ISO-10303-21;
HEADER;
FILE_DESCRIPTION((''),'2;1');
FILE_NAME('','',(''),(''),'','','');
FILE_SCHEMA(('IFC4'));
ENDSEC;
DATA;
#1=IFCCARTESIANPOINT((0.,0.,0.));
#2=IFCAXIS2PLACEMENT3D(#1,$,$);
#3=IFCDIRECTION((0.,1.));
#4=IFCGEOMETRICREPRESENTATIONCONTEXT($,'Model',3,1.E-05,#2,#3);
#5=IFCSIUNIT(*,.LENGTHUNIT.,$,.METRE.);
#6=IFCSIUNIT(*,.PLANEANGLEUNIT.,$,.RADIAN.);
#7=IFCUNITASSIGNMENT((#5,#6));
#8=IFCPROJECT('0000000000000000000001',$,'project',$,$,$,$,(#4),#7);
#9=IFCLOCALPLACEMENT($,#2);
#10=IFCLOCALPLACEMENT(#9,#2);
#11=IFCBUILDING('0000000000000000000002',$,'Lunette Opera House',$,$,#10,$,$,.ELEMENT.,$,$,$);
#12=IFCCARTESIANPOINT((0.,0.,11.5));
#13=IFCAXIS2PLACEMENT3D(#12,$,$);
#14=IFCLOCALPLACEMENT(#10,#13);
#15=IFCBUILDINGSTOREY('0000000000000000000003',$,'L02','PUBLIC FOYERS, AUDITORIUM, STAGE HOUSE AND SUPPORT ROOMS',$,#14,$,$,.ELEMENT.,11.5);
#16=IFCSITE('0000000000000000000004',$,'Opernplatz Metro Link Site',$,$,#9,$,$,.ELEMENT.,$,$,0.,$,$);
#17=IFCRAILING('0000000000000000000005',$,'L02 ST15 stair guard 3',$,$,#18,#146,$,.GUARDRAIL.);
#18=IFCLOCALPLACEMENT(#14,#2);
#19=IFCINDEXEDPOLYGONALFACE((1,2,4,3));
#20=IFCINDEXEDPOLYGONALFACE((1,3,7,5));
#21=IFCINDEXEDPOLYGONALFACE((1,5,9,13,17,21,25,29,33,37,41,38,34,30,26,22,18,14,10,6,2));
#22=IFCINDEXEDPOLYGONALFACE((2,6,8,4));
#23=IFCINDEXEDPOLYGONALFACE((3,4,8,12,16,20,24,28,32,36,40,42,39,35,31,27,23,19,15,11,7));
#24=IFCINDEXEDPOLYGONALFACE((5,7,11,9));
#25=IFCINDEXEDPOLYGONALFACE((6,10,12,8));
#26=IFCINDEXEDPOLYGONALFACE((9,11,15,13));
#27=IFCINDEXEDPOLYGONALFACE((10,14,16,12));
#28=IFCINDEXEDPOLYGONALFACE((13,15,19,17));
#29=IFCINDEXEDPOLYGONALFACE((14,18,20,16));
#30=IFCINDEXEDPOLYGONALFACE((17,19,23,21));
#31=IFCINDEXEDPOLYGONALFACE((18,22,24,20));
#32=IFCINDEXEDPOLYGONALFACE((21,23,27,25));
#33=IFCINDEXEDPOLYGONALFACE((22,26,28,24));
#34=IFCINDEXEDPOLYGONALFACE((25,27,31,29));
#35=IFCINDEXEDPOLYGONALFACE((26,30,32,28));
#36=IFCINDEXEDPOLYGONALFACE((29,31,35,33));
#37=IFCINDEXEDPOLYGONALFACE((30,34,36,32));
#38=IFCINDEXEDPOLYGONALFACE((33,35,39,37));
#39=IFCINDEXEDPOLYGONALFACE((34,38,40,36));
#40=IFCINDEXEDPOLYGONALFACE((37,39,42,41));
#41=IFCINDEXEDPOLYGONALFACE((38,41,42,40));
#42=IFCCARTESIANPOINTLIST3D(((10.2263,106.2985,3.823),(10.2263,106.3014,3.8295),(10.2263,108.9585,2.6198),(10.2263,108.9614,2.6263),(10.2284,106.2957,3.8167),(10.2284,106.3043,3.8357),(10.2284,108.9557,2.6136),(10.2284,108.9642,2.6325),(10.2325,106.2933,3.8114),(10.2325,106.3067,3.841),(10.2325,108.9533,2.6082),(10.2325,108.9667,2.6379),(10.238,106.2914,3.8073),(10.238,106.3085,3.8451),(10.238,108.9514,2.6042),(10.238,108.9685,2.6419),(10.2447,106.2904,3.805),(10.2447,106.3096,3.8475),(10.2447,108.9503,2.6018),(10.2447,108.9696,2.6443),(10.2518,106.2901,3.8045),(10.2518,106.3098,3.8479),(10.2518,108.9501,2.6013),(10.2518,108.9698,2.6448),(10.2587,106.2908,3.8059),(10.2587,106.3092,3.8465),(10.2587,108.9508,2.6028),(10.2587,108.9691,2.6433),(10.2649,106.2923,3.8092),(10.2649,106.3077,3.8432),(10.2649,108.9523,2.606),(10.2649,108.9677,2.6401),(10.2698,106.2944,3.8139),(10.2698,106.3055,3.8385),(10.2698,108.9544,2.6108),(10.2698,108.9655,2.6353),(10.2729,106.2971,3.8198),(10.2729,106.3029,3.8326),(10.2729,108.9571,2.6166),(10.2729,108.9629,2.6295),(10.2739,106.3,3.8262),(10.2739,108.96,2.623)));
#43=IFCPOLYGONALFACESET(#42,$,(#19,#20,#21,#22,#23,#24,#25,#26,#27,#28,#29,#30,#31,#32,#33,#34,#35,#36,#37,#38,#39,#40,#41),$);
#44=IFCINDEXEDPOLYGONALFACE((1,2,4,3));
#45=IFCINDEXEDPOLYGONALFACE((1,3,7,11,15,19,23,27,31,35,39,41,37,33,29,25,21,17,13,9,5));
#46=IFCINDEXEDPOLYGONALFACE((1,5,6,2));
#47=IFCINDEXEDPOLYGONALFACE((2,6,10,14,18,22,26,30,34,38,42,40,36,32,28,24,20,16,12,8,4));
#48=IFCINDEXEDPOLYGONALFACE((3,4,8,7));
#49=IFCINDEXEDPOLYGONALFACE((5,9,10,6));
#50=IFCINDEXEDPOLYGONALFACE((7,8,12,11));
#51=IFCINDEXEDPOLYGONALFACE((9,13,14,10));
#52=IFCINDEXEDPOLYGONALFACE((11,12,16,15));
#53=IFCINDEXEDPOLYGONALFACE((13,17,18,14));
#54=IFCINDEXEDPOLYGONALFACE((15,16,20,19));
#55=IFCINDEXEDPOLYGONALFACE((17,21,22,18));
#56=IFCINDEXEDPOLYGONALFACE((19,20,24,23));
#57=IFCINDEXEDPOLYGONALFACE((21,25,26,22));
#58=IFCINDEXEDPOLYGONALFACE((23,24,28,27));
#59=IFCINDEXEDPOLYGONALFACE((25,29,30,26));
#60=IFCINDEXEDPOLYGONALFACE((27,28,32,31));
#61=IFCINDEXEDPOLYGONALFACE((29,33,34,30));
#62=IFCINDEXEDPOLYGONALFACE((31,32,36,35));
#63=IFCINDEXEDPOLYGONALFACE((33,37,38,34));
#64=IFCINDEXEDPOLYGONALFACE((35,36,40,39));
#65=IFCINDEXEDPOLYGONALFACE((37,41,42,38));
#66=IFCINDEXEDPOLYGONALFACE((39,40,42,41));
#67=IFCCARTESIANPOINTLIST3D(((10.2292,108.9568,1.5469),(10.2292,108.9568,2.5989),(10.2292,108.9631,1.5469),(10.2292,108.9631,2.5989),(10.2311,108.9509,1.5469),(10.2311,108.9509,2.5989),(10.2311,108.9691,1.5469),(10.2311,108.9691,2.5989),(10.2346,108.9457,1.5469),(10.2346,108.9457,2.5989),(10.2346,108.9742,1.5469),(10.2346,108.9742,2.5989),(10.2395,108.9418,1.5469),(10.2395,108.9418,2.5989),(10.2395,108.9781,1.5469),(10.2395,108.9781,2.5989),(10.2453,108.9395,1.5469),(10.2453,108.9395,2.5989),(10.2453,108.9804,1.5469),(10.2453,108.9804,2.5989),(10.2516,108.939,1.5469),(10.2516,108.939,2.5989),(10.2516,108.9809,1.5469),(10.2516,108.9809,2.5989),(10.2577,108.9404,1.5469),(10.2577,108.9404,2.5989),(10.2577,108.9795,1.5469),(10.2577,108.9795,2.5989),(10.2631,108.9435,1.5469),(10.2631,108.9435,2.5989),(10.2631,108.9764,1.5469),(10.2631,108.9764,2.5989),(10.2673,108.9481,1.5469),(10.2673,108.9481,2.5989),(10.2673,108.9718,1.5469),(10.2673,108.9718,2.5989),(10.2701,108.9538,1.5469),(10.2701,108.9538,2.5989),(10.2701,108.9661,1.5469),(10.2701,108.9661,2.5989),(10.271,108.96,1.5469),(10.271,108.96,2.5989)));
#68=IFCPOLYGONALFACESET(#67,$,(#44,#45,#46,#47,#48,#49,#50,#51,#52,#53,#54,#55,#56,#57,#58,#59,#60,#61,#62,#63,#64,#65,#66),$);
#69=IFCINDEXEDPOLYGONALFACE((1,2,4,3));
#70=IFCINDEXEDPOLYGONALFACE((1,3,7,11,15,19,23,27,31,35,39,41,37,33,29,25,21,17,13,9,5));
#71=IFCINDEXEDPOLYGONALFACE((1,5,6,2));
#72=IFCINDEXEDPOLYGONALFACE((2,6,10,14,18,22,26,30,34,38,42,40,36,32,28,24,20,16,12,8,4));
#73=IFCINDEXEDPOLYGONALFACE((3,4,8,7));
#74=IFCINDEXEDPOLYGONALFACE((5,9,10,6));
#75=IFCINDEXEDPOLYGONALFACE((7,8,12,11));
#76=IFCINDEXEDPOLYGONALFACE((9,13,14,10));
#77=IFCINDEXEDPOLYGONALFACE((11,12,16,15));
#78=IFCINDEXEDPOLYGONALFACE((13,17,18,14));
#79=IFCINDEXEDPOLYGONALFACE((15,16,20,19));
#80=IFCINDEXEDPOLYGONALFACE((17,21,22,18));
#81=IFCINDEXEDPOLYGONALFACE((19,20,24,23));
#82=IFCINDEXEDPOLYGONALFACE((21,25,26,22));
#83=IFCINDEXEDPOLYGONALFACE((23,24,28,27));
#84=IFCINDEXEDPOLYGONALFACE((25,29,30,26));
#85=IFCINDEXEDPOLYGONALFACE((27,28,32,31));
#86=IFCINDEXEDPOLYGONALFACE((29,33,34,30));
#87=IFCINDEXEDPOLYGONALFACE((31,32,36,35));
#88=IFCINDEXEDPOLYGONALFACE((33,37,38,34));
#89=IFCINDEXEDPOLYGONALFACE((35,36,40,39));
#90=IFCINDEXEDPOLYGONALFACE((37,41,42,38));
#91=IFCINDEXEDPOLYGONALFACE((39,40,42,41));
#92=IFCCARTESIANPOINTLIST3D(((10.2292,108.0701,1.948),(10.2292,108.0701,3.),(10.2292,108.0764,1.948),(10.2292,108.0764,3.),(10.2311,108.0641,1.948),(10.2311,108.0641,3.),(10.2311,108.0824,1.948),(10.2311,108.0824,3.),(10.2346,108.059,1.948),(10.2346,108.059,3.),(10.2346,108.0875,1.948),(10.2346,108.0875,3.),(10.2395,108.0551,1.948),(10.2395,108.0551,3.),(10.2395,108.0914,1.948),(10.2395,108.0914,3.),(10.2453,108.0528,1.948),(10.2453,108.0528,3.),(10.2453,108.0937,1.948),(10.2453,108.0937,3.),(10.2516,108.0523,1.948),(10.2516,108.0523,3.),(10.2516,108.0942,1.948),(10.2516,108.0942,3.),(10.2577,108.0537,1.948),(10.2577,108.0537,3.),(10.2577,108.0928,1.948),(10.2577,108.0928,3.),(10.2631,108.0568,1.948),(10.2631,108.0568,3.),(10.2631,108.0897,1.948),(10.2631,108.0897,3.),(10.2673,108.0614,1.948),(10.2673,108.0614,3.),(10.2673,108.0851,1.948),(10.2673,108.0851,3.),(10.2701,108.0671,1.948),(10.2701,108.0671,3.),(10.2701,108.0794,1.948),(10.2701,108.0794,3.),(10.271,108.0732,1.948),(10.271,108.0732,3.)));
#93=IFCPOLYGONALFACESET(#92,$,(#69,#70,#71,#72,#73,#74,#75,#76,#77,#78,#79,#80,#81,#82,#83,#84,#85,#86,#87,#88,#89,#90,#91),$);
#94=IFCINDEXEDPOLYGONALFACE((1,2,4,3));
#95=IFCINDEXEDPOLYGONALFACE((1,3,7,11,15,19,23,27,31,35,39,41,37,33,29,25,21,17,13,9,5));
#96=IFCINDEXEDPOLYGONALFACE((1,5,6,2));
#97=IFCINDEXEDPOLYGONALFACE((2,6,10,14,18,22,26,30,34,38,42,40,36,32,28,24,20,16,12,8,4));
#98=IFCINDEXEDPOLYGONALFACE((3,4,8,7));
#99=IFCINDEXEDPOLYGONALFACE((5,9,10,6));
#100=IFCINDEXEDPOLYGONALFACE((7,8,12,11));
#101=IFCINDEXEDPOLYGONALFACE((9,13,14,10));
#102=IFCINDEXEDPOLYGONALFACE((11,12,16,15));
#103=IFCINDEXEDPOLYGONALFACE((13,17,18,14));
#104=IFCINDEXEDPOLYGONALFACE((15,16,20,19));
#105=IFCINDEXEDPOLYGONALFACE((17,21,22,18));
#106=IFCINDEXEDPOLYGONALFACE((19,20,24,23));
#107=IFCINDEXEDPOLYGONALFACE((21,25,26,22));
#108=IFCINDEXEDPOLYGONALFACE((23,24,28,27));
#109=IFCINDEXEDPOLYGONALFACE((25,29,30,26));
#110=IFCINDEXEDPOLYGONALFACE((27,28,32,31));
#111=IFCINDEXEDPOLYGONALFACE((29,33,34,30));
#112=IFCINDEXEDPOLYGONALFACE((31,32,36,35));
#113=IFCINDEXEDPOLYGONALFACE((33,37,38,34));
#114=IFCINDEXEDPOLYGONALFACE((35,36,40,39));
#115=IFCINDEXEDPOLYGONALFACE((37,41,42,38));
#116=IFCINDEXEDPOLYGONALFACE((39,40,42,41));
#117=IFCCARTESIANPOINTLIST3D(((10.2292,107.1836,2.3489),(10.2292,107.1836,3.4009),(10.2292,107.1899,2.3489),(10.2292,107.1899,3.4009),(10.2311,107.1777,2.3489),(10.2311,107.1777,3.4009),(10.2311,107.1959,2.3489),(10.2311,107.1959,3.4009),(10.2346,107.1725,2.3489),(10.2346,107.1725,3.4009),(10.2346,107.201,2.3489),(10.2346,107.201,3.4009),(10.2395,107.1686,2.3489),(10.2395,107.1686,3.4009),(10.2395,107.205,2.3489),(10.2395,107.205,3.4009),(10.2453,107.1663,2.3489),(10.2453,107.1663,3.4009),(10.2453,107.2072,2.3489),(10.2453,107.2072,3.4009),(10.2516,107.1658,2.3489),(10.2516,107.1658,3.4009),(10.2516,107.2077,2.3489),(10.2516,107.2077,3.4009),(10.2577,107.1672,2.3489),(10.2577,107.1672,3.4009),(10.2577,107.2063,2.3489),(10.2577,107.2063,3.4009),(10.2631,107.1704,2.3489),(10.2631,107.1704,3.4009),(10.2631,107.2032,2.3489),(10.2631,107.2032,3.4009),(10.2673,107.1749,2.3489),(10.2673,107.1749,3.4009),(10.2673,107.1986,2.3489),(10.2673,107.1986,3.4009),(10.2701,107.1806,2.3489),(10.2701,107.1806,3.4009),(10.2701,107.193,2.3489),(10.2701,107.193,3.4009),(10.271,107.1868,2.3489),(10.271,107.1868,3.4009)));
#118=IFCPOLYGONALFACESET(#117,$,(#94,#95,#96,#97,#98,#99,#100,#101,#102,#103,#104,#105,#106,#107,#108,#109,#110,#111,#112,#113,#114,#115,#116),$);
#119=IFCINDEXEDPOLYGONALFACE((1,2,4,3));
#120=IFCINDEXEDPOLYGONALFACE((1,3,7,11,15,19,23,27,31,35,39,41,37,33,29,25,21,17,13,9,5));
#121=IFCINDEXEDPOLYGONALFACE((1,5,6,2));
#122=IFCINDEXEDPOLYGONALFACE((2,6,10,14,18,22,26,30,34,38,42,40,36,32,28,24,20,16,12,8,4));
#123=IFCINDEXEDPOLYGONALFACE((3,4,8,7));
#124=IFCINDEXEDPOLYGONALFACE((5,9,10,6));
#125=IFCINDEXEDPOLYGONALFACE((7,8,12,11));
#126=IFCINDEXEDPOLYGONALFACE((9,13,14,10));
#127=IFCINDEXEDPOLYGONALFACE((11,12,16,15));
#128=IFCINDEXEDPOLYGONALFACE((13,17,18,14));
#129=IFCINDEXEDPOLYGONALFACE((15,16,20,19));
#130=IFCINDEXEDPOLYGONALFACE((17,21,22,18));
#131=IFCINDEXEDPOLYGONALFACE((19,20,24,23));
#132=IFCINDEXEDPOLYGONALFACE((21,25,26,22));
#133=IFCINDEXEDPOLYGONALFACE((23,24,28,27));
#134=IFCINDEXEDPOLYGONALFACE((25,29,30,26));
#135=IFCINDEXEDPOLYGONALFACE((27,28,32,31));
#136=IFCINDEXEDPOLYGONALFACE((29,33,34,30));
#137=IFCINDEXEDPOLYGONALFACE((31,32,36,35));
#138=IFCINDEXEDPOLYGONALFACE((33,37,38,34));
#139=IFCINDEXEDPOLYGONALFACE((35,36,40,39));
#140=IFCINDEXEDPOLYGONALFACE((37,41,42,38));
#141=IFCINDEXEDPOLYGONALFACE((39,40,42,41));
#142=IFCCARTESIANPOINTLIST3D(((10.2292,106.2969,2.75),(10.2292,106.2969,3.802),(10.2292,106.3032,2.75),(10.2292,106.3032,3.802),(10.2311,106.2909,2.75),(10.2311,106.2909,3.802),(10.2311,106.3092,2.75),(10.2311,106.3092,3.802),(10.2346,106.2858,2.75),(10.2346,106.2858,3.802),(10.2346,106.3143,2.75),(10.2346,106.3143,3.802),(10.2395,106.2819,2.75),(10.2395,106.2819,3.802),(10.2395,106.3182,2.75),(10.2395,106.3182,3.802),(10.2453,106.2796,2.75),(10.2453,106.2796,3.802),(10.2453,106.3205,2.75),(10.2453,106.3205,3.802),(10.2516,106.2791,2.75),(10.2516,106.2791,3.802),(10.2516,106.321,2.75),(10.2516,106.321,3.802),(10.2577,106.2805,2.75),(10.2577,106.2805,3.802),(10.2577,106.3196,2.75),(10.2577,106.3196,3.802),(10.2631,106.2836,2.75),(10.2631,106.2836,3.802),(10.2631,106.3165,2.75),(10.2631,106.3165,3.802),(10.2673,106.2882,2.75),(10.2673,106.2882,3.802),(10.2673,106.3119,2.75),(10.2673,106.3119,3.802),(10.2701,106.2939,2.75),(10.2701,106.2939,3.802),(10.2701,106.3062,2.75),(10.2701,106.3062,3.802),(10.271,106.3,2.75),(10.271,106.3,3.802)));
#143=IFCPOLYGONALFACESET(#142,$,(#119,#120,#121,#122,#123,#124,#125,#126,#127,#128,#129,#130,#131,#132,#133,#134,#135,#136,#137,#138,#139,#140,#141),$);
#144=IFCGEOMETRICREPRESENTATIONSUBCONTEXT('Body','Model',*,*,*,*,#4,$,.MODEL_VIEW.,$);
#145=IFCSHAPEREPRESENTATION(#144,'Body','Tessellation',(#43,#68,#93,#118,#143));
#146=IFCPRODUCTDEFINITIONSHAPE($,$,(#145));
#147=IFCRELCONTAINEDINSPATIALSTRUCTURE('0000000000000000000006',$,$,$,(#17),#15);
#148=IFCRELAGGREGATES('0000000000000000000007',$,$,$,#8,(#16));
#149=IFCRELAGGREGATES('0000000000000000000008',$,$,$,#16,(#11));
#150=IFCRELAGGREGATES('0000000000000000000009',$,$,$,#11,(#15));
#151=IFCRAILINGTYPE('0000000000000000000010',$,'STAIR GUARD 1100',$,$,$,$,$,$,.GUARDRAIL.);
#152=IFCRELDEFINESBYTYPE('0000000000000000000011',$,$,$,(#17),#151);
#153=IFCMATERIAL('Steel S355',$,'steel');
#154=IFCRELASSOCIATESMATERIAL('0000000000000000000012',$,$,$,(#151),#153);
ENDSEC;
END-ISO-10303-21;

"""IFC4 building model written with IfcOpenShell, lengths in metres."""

from ifc_helpers import new_model, si_unit, direction, frame, origin, origin_2d, place, context, subcontext, project, spatial, circle, extrude, material, type_object, element, save


model = new_model("IFC4")

# Units and contexts
model_context = context("Model", 3, precision=1e-05, world=origin(), true_north=direction((0.0, 1.0)))
body_context = subcontext(model_context, "Body", "Model", "MODEL_VIEW")
ifc_project = project(units=[si_unit("LENGTHUNIT", "METRE"), si_unit("PLANEANGLEUNIT", "RADIAN")], contexts=[model_context])

# Site, building, storey
site_placement = place(None, origin())
site = spatial("IfcSite", under=ifc_project, at=site_placement, Name="Opernplatz Metro Link Site", CompositionType="ELEMENT", RefElevation=0.0)
building_placement = place(site_placement, origin())
building = spatial("IfcBuilding", under=site, at=building_placement, Name="Lunette Opera House", CompositionType="ELEMENT")
storey_placement = place(building_placement, frame((0.0, 0.0, 11.5)))
storey = spatial("IfcBuildingStorey", under=building, at=storey_placement, Name="L02", Description="PUBLIC FOYERS, AUDITORIUM, STAGE HOUSE AND SUPPORT ROOMS", CompositionType="ELEMENT", Elevation=11.5)

# Railing
ifc_material_1 = material(Name="Steel S355", Category="steel")
railing_type_1 = type_object("IfcRailingType", Name="STAIR GUARD 1100", PredefinedType="GUARDRAIL", material=ifc_material_1)
railing_1_placement = place(storey_placement, frame((10.25, 108.96, 1.5469)))
element("IfcRailing", 1, at=railing_1_placement, inside=storey, type_object=railing_type_1, Name="L02 ST15 stair guard 3", PredefinedType="GUARDRAIL", context=body_context, shape_type="SweptSolid", body=[
    extrude(circle(Radius=0.0239, at=origin_2d()), frame((0.0, 0.0, 1.0762), z_axis=(0.0, -0.91113, 0.41212), x_axis=(1.0, 0.0, 0.0)), (0.0, 0.0, 1.0), 2.9194),
    extrude(circle(Radius=0.021, at=origin_2d()), origin(), (0.0, 0.0, 1.0), 1.052),
    extrude(circle(Radius=0.021, at=origin_2d()), frame((0.0, -0.8867, 0.4011)), (0.0, 0.0, 1.0), 1.052),
    extrude(circle(Radius=0.021, at=origin_2d()), frame((0.0, -1.7732, 0.802)), (0.0, 0.0, 1.0), 1.052),
    extrude(circle(Radius=0.021, at=origin_2d()), frame((0.0, -2.6599, 1.2031)), (0.0, 0.0, 1.0), 1.052),
])

save(model, "model.ifc")
